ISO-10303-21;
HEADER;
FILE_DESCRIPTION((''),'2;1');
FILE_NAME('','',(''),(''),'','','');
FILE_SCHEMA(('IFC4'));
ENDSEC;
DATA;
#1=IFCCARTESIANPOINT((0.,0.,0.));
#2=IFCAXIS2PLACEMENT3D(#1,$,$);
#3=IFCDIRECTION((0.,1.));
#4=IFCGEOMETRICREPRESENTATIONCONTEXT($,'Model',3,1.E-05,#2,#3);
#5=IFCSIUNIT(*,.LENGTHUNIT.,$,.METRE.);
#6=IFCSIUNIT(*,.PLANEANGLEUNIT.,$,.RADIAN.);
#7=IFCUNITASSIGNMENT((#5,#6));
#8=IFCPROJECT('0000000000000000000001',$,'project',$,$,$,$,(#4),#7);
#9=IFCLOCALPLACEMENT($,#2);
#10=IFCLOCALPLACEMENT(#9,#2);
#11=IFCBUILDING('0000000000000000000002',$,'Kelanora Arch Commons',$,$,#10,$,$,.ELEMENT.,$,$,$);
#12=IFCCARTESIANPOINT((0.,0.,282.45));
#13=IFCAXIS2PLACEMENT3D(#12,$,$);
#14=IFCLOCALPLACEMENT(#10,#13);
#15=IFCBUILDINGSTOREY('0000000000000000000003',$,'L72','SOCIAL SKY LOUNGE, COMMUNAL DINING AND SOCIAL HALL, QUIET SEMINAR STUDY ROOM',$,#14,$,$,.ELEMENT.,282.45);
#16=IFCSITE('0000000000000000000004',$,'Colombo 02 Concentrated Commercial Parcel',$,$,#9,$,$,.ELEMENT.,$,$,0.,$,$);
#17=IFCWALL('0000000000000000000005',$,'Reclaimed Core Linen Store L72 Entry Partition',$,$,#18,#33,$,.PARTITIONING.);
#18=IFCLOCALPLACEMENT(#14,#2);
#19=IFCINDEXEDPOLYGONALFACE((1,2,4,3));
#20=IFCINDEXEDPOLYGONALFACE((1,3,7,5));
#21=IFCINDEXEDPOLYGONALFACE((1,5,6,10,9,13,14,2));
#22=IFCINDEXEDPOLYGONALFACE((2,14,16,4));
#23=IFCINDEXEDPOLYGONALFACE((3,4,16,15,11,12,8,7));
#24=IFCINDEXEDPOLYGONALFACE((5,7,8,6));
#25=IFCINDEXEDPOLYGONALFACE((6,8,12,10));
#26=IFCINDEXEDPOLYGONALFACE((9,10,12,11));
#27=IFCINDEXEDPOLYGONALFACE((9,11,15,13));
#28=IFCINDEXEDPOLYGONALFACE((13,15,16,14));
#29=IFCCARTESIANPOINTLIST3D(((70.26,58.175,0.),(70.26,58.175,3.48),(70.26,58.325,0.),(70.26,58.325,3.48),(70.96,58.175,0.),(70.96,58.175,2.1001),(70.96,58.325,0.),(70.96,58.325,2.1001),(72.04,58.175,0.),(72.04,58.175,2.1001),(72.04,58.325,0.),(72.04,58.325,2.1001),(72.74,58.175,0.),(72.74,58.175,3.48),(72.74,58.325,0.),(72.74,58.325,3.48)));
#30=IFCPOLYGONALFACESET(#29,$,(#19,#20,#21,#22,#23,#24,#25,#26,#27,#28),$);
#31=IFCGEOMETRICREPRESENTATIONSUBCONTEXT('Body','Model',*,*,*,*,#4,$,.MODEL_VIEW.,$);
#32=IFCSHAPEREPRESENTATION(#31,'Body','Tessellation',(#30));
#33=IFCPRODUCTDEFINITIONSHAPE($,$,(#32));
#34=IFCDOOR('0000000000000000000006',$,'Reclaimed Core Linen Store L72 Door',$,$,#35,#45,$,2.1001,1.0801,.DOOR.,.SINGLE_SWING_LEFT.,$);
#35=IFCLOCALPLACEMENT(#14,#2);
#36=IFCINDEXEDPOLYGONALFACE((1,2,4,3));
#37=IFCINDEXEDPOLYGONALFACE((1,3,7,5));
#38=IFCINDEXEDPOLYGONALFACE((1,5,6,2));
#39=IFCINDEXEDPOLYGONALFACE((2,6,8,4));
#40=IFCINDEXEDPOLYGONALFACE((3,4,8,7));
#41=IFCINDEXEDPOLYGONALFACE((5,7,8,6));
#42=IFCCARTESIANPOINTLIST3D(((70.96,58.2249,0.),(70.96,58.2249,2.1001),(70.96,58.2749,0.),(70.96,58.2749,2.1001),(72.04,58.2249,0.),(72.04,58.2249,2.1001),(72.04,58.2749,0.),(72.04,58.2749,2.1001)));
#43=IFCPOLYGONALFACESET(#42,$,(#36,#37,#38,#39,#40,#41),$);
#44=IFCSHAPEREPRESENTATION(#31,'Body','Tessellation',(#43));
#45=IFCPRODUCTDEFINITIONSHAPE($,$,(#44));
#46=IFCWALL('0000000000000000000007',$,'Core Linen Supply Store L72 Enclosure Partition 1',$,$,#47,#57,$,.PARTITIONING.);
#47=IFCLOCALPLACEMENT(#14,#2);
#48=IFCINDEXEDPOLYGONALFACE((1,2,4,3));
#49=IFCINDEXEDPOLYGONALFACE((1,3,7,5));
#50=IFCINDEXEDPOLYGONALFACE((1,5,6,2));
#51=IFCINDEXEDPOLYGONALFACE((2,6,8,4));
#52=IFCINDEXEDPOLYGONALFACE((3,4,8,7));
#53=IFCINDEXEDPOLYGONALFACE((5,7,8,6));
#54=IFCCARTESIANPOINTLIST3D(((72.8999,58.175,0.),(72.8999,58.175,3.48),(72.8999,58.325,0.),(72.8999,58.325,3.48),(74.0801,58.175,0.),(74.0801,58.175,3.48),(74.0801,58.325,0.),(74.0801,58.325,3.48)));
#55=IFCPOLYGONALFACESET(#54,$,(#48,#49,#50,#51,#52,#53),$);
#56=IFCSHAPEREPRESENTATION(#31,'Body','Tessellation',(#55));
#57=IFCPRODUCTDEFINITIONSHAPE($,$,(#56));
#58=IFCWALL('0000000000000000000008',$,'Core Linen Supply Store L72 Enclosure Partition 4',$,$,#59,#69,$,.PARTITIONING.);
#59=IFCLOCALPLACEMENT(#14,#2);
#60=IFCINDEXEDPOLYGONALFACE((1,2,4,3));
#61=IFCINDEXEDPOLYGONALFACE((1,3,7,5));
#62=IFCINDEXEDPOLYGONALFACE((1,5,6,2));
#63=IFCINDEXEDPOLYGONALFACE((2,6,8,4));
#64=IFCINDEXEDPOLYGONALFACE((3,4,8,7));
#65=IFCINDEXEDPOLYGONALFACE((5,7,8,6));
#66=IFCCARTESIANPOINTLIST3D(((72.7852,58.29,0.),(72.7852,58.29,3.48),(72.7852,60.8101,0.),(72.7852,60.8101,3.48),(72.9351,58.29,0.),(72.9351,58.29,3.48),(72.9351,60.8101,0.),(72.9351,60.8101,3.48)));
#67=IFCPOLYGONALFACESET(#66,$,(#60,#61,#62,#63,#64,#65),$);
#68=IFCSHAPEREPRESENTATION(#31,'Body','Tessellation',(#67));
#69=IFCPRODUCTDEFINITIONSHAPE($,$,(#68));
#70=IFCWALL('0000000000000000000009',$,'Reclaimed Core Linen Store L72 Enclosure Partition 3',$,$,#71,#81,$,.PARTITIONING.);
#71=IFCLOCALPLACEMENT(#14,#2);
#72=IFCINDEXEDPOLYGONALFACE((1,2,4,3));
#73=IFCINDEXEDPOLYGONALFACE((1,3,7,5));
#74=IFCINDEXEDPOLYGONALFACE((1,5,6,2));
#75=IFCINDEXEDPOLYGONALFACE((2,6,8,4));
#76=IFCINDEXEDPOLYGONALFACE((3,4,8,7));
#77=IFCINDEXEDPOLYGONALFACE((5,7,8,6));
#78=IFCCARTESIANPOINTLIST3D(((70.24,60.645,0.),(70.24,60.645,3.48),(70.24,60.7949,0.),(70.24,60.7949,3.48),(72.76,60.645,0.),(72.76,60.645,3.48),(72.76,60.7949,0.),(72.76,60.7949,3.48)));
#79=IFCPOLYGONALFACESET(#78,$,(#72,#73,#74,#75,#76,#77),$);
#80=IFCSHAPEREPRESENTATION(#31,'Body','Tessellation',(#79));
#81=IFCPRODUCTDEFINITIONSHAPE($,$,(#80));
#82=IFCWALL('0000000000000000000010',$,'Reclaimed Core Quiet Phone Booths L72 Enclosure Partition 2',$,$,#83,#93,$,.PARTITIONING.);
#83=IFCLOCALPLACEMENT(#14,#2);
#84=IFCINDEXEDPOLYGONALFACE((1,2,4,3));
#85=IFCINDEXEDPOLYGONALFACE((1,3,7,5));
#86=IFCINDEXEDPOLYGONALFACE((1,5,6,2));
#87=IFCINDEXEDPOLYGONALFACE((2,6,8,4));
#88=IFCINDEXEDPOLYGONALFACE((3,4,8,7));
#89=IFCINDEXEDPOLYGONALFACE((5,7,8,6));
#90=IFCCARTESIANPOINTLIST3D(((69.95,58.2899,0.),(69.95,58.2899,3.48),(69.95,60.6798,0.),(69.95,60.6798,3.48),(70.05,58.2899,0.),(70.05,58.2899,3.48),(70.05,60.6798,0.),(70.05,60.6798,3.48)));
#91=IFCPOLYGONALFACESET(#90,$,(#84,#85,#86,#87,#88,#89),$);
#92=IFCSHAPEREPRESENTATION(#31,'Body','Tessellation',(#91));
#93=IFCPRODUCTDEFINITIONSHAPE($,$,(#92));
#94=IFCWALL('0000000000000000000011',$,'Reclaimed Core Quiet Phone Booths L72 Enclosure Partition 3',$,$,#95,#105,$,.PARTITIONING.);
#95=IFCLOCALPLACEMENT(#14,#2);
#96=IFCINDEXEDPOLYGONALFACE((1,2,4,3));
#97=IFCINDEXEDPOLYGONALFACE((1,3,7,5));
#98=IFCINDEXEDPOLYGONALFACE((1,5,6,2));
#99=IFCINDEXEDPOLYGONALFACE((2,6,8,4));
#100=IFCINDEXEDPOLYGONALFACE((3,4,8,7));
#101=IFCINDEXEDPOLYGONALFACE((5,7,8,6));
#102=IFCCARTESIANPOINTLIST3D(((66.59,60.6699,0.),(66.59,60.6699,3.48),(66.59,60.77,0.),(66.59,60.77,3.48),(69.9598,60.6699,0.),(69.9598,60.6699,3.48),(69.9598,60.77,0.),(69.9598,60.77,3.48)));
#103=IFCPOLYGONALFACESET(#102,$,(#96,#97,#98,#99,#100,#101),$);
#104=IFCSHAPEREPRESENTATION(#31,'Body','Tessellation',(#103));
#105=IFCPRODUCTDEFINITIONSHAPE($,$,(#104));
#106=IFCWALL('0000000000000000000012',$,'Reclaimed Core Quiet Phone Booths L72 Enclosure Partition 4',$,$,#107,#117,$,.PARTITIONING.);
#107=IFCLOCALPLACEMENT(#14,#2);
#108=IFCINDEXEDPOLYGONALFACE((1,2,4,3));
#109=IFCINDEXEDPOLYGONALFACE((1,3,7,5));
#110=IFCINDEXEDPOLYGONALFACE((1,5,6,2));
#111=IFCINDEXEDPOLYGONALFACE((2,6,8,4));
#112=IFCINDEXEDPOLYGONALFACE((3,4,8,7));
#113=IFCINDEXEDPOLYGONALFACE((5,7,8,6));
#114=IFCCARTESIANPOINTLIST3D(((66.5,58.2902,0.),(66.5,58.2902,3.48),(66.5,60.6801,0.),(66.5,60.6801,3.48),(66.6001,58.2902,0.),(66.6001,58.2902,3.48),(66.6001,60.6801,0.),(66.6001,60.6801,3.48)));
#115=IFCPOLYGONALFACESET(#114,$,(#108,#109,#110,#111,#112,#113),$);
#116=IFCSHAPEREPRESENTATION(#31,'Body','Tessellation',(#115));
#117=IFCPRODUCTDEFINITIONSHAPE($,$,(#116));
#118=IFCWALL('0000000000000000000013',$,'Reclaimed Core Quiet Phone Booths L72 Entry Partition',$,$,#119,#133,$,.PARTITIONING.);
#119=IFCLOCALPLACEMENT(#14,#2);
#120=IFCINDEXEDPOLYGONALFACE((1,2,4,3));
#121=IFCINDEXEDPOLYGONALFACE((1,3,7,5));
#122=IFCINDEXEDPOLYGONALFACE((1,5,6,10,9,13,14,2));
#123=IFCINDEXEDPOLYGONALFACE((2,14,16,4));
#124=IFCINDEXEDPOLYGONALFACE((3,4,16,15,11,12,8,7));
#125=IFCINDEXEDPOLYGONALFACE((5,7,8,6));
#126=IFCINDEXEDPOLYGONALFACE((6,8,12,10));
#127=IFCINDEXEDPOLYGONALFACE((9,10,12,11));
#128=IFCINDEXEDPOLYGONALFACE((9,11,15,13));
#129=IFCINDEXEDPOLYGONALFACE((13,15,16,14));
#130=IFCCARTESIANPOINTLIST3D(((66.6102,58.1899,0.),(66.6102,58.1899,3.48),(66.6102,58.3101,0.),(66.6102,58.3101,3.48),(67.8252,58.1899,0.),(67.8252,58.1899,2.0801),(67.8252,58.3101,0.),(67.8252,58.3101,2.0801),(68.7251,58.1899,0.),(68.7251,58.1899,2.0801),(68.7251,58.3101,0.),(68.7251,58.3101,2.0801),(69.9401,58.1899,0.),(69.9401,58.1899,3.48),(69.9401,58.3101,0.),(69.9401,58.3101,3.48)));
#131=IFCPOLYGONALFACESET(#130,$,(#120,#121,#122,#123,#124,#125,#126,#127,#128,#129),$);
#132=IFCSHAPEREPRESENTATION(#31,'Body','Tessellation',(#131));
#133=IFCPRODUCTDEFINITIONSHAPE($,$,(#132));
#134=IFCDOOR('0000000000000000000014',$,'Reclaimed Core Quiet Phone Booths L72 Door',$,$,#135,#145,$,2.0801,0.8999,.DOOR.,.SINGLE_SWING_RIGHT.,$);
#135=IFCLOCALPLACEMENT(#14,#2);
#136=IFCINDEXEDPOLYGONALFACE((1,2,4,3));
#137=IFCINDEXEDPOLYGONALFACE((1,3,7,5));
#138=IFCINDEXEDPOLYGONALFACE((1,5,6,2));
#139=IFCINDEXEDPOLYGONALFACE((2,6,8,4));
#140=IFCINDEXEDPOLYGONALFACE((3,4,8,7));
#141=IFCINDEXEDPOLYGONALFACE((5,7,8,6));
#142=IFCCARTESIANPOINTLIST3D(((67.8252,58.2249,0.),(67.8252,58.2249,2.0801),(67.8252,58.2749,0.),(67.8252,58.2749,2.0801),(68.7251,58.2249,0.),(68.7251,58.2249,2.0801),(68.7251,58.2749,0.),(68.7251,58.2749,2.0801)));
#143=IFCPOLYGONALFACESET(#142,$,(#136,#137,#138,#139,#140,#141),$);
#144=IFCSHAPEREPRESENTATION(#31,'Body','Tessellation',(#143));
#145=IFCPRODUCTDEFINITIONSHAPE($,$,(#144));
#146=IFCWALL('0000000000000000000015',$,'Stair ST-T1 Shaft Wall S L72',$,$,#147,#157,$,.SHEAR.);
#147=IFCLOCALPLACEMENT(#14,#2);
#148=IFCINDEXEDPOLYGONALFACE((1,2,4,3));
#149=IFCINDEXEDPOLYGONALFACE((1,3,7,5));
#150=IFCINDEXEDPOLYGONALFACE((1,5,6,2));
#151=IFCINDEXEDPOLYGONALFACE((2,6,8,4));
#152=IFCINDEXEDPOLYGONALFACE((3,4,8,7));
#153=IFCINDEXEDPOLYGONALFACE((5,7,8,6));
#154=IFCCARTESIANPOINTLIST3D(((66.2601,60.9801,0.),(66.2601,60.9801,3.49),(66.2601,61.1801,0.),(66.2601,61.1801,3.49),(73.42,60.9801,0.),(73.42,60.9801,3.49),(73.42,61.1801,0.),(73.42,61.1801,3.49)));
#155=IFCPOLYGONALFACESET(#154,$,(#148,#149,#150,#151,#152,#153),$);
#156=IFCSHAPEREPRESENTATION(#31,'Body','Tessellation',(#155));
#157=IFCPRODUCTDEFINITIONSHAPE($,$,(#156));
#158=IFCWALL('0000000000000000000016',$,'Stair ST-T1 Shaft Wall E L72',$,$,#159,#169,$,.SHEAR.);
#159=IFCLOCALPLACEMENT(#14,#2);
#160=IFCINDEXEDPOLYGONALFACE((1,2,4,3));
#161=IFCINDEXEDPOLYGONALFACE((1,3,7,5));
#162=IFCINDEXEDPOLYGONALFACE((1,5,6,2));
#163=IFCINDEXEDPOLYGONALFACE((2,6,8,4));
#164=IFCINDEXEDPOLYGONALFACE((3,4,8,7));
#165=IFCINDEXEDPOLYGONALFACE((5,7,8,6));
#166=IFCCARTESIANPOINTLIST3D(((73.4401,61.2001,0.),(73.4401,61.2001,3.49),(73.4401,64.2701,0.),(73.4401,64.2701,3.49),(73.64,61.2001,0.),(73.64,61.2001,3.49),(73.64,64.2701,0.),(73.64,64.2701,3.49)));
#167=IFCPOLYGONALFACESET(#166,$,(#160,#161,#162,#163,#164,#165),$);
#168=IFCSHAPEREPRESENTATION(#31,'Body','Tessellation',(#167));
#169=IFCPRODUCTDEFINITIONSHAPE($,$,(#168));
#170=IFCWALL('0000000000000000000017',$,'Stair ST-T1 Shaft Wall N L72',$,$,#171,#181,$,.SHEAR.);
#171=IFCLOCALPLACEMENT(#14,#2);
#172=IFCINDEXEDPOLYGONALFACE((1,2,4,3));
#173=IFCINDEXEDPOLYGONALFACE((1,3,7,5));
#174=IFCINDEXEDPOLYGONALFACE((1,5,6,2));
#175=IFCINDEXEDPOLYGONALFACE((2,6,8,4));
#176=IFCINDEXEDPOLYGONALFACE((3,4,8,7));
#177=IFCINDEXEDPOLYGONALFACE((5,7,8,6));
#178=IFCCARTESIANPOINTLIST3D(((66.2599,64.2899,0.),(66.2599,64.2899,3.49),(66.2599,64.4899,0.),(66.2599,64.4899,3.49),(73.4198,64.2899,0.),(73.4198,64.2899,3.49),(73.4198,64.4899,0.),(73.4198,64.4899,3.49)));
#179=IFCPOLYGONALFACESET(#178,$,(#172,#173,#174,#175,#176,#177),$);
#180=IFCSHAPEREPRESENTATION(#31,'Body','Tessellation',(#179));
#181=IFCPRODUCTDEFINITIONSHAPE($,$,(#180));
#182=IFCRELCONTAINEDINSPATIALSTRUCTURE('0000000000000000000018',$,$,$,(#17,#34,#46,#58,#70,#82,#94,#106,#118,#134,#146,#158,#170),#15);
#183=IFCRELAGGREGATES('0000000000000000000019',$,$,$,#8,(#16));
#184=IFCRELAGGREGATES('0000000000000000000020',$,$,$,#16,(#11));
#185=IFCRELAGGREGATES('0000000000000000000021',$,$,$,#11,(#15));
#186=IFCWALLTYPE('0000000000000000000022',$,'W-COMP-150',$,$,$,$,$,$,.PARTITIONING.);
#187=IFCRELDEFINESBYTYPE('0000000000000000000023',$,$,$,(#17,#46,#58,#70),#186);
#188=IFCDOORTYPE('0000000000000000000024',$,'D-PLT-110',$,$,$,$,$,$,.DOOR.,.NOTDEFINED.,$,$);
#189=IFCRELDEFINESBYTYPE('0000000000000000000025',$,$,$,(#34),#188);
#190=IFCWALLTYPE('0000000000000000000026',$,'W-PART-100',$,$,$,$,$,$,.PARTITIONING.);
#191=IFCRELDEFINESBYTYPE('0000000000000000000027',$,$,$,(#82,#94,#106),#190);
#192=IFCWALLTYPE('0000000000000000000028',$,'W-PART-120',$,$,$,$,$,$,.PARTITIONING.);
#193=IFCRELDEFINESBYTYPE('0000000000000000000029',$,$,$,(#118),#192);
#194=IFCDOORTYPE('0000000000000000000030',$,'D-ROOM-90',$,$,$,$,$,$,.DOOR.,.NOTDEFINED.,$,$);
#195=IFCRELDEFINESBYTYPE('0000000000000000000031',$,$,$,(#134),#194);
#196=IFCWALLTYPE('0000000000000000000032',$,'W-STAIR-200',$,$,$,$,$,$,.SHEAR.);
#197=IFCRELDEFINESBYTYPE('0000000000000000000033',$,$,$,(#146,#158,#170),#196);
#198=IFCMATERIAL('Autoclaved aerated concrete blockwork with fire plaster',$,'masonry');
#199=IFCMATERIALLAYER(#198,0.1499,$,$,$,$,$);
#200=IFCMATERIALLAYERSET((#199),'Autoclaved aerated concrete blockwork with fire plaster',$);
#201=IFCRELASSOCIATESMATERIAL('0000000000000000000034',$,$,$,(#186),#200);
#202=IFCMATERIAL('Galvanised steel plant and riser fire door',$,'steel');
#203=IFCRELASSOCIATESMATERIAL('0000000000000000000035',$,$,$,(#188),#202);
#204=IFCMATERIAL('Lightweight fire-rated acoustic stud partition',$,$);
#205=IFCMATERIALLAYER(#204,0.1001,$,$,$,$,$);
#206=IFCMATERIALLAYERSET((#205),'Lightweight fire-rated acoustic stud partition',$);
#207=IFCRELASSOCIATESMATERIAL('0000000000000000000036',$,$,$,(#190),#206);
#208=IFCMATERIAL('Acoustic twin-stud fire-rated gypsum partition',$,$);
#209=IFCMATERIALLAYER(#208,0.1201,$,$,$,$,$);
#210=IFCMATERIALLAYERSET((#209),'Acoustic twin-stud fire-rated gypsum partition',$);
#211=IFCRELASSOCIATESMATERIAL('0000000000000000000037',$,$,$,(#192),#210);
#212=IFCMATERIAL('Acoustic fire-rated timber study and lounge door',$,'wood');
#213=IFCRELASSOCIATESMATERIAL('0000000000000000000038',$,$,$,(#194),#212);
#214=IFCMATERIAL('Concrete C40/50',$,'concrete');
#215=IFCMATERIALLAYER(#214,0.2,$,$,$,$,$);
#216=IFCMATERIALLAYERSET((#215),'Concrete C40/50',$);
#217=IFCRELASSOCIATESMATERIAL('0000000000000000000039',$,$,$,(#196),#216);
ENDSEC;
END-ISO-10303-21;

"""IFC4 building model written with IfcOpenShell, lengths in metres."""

from ifc_helpers import new_model, si_unit, direction, frame, frame_2d, origin, place, context, subcontext, project, spatial, rectangle, extrude, material, layer, layer_set, type_object, element, fill, save


model = new_model("IFC4")

# Units and contexts
model_context = context("Model", 3, precision=1e-05, world=origin(), true_north=direction((0.0, 1.0)))
body_context = subcontext(model_context, "Body", "Model", "MODEL_VIEW")
ifc_project = project(units=[si_unit("LENGTHUNIT", "METRE"), si_unit("PLANEANGLEUNIT", "RADIAN")], contexts=[model_context])

# Site, building, storey
site_placement = place(None, origin())
site = spatial("IfcSite", under=ifc_project, at=site_placement, Name="Colombo 02 Concentrated Commercial Parcel", CompositionType="ELEMENT", RefElevation=0.0)
building_placement = place(site_placement, origin())
building = spatial("IfcBuilding", under=site, at=building_placement, Name="Kelanora Arch Commons", CompositionType="ELEMENT")
storey_placement = place(building_placement, frame((0.0, 0.0, 282.45)))
storey = spatial("IfcBuildingStorey", under=building, at=storey_placement, Name="L72", Description="SOCIAL SKY LOUNGE, COMMUNAL DINING AND SOCIAL HALL, QUIET SEMINAR STUDY ROOM", CompositionType="ELEMENT", Elevation=282.45)

# Wall, opening, door
ifc_material_1 = material(Name="Autoclaved aerated concrete blockwork with fire plaster", Category="masonry")
ifc_layer_1 = layer(ifc_material_1, 0.1499)
ifc_layer_set_1 = layer_set([ifc_layer_1], Name="Autoclaved aerated concrete blockwork with fire plaster")
wall_type_1 = type_object("IfcWallType", Name="W-COMP-150", PredefinedType="PARTITIONING", material=ifc_layer_set_1)
wall_1_placement = place(storey_placement, frame((70.26, 58.25, 0.0), z_axis=(0.0, 0.0, 1.0), x_axis=(1.0, 0.0, 0.0)))
wall_1 = element("IfcWall", 1, at=wall_1_placement, inside=storey, type_object=wall_type_1, Name="Reclaimed Core Linen Store L72 Entry Partition", PredefinedType="PARTITIONING", context=body_context, shape_type="SweptSolid", body=[
    extrude(rectangle(XDim=2.48, YDim=0.1499, at=frame_2d((1.24, 0.0))), origin(), (0.0, 0.0, 1.0), 3.48),
])
opening_1_placement = place(wall_1_placement, frame((0.7, 0.0, 0.0)))
opening_1 = element("IfcOpeningElement", 2, at=opening_1_placement, cuts=wall_1, PredefinedType="OPENING", context=body_context, shape_type="SweptSolid", body=[
    extrude(rectangle(XDim=1.0801, YDim=2.1001, at=frame_2d((0.54, 1.05))), frame((0.0, 0.085, 0.0), z_axis=(0.0, -1.0, 0.0), x_axis=(1.0, 0.0, 0.0)), (0.0, 0.0, 1.0), 0.1699),
])
ifc_material_2 = material(Name="Galvanised steel plant and riser fire door", Category="steel")
door_type_1 = type_object("IfcDoorType", Name="D-PLT-110", OperationType="NOTDEFINED", PredefinedType="DOOR", material=ifc_material_2)
door_1_placement = place(opening_1_placement, origin())
door_1 = element("IfcDoor", 3, at=door_1_placement, inside=storey, type_object=door_type_1, Name="Reclaimed Core Linen Store L72 Door", OperationType="SINGLE_SWING_LEFT", OverallHeight=2.1001, OverallWidth=1.0801, PredefinedType="DOOR", context=body_context, shape_type="SweptSolid", body=[
    extrude(rectangle(XDim=1.0801, YDim=2.1001, at=frame_2d((0.54, 1.05))), frame((0.0, 0.0249, 0.0), z_axis=(0.0, -1.0, 0.0), x_axis=(1.0, 0.0, 0.0)), (0.0, 0.0, 1.0), 0.05),
])
fill(opening_1, door_1)

# Walls
wall_2_placement = place(storey_placement, frame((72.8999, 58.25, 0.0), z_axis=(0.0, 0.0, 1.0), x_axis=(1.0, 0.0, 0.0)))
element("IfcWall", 4, at=wall_2_placement, inside=storey, type_object=wall_type_1, Name="Core Linen Supply Store L72 Enclosure Partition 1", PredefinedType="PARTITIONING", context=body_context, shape_type="SweptSolid", body=[
    extrude(rectangle(XDim=1.1802, YDim=0.1499, at=frame_2d((0.5901, 0.0))), origin(), (0.0, 0.0, 1.0), 3.48),
])
for number, where, z_axis, x_axis, name in (
    (5, (72.8601, 60.8101, 0.0), (0.0, 0.0, 1.0), (0.0, -1.0, 0.0), "Core Linen Supply Store L72 Enclosure Partition 4"),
    (6, (72.76, 60.72, 0.0), (0.0, 0.0, 1.0), (-1.0, 0.0, 0.0), "Reclaimed Core Linen Store L72 Enclosure Partition 3"),
):
    element("IfcWall", number, at=place(storey_placement, frame(where, z_axis=z_axis, x_axis=x_axis)), inside=storey, type_object=wall_type_1, Name=name, PredefinedType="PARTITIONING", context=body_context, shape_type="SweptSolid", body=[
        extrude(rectangle(XDim=2.52, YDim=0.1499, at=frame_2d((1.26, 0.0))), origin(), (0.0, 0.0, 1.0), 3.48),
    ])
ifc_material_3 = material(Name="Lightweight fire-rated acoustic stud partition")
ifc_layer_2 = layer(ifc_material_3, 0.1001)
ifc_layer_set_2 = layer_set([ifc_layer_2], Name="Lightweight fire-rated acoustic stud partition")
wall_type_2 = type_object("IfcWallType", Name="W-PART-100", PredefinedType="PARTITIONING", material=ifc_layer_set_2)
wall_3_placement = place(storey_placement, frame((70.0, 58.29, 0.0), z_axis=(0.0, 0.0, 1.0), x_axis=(0.0, 1.0, 0.0)))
element("IfcWall", 7, at=wall_3_placement, inside=storey, type_object=wall_type_2, Name="Reclaimed Core Quiet Phone Booths L72 Enclosure Partition 2", PredefinedType="PARTITIONING", context=body_context, shape_type="SweptSolid", body=[
    extrude(rectangle(XDim=2.3899, YDim=0.1001, at=frame_2d((1.1948, 0.0))), origin(), (0.0, 0.0, 1.0), 3.48),
])
wall_4_placement = place(storey_placement, frame((69.96, 60.72, 0.0), z_axis=(0.0, 0.0, 1.0), x_axis=(-1.0, 0.0, 0.0)))
element("IfcWall", 8, at=wall_4_placement, inside=storey, type_object=wall_type_2, Name="Reclaimed Core Quiet Phone Booths L72 Enclosure Partition 3", PredefinedType="PARTITIONING", context=body_context, shape_type="SweptSolid", body=[
    extrude(rectangle(XDim=3.3699, YDim=0.1001, at=frame_2d((1.6851, 0.0))), origin(), (0.0, 0.0, 1.0), 3.48),
])
wall_5_placement = place(storey_placement, frame((66.55, 60.6799, 0.0), z_axis=(0.0, 0.0, 1.0), x_axis=(0.0, -1.0, 0.0)))
element("IfcWall", 9, at=wall_5_placement, inside=storey, type_object=wall_type_2, Name="Reclaimed Core Quiet Phone Booths L72 Enclosure Partition 4", PredefinedType="PARTITIONING", context=body_context, shape_type="SweptSolid", body=[
    extrude(rectangle(XDim=2.3899, YDim=0.1001, at=frame_2d((1.1948, 0.0))), origin(), (0.0, 0.0, 1.0), 3.48),
])

# Wall, opening, door
ifc_material_4 = material(Name="Acoustic twin-stud fire-rated gypsum partition")
ifc_layer_3 = layer(ifc_material_4, 0.1201)
ifc_layer_set_3 = layer_set([ifc_layer_3], Name="Acoustic twin-stud fire-rated gypsum partition")
wall_type_3 = type_object("IfcWallType", Name="W-PART-120", PredefinedType="PARTITIONING", material=ifc_layer_set_3)
wall_6_placement = place(storey_placement, frame((66.6101, 58.25, 0.0), z_axis=(0.0, 0.0, 1.0), x_axis=(1.0, 0.0, 0.0)))
wall_6 = element("IfcWall", 10, at=wall_6_placement, inside=storey, type_object=wall_type_3, Name="Reclaimed Core Quiet Phone Booths L72 Entry Partition", PredefinedType="PARTITIONING", context=body_context, shape_type="SweptSolid", body=[
    extrude(rectangle(XDim=3.3298, YDim=0.1201, at=frame_2d((1.665, 0.0))), origin(), (0.0, 0.0, 1.0), 3.48),
])
opening_2_placement = place(wall_6_placement, frame((1.2151, 0.0, 0.0)))
opening_2 = element("IfcOpeningElement", 11, at=opening_2_placement, cuts=wall_6, PredefinedType="OPENING", context=body_context, shape_type="SweptSolid", body=[
    extrude(rectangle(XDim=0.8999, YDim=2.0801, at=frame_2d((0.45, 1.04))), frame((0.0, 0.0701, 0.0), z_axis=(0.0, -1.0, 0.0), x_axis=(1.0, 0.0, 0.0)), (0.0, 0.0, 1.0), 0.1401),
])
ifc_material_5 = material(Name="Acoustic fire-rated timber study and lounge door", Category="wood")
door_type_2 = type_object("IfcDoorType", Name="D-ROOM-90", OperationType="NOTDEFINED", PredefinedType="DOOR", material=ifc_material_5)
door_2_placement = place(opening_2_placement, origin())
door_2 = element("IfcDoor", 12, at=door_2_placement, inside=storey, type_object=door_type_2, Name="Reclaimed Core Quiet Phone Booths L72 Door", OperationType="SINGLE_SWING_RIGHT", OverallHeight=2.0801, OverallWidth=0.8999, PredefinedType="DOOR", context=body_context, shape_type="SweptSolid", body=[
    extrude(rectangle(XDim=0.8999, YDim=2.0801, at=frame_2d((0.45, 1.04))), frame((0.0, 0.0249, 0.0), z_axis=(0.0, -1.0, 0.0), x_axis=(1.0, 0.0, 0.0)), (0.0, 0.0, 1.0), 0.05),
])
fill(opening_2, door_2)

# Walls
ifc_material_6 = material(Name="Concrete C40/50", Category="concrete")
ifc_layer_4 = layer(ifc_material_6, 0.2)
ifc_layer_set_4 = layer_set([ifc_layer_4], Name="Concrete C40/50")
wall_type_4 = type_object("IfcWallType", Name="W-STAIR-200", PredefinedType="SHEAR", material=ifc_layer_set_4)
wall_7_placement = place(storey_placement, frame((66.26, 61.0801, 0.0), z_axis=(0.0, 0.0, 1.0), x_axis=(1.0, 0.0, 0.0)))
element("IfcWall", 13, at=wall_7_placement, inside=storey, type_object=wall_type_4, Name="Stair ST-T1 Shaft Wall S L72", PredefinedType="SHEAR", context=body_context, shape_type="SweptSolid", body=[
    extrude(rectangle(XDim=7.1599, YDim=0.2, at=frame_2d((3.5801, 0.0))), origin(), (0.0, 0.0, 1.0), 3.49),
])
wall_8_placement = place(storey_placement, frame((73.54, 61.2, 0.0), z_axis=(0.0, 0.0, 1.0), x_axis=(0.0, 1.0, 0.0)))
element("IfcWall", 14, at=wall_8_placement, inside=storey, type_object=wall_type_4, Name="Stair ST-T1 Shaft Wall E L72", PredefinedType="SHEAR", context=body_context, shape_type="SweptSolid", body=[
    extrude(rectangle(XDim=3.0701, YDim=0.2, at=frame_2d((1.5352, 0.0))), origin(), (0.0, 0.0, 1.0), 3.49),
])
wall_9_placement = place(storey_placement, frame((73.4199, 64.3899, 0.0), z_axis=(0.0, 0.0, 1.0), x_axis=(-1.0, 0.0, 0.0)))
element("IfcWall", 15, at=wall_9_placement, inside=storey, type_object=wall_type_4, Name="Stair ST-T1 Shaft Wall N L72", PredefinedType="SHEAR", context=body_context, shape_type="SweptSolid", body=[
    extrude(rectangle(XDim=7.1599, YDim=0.2, at=frame_2d((3.5801, 0.0))), origin(), (0.0, 0.0, 1.0), 3.49),
])

save(model, "model.ifc")
